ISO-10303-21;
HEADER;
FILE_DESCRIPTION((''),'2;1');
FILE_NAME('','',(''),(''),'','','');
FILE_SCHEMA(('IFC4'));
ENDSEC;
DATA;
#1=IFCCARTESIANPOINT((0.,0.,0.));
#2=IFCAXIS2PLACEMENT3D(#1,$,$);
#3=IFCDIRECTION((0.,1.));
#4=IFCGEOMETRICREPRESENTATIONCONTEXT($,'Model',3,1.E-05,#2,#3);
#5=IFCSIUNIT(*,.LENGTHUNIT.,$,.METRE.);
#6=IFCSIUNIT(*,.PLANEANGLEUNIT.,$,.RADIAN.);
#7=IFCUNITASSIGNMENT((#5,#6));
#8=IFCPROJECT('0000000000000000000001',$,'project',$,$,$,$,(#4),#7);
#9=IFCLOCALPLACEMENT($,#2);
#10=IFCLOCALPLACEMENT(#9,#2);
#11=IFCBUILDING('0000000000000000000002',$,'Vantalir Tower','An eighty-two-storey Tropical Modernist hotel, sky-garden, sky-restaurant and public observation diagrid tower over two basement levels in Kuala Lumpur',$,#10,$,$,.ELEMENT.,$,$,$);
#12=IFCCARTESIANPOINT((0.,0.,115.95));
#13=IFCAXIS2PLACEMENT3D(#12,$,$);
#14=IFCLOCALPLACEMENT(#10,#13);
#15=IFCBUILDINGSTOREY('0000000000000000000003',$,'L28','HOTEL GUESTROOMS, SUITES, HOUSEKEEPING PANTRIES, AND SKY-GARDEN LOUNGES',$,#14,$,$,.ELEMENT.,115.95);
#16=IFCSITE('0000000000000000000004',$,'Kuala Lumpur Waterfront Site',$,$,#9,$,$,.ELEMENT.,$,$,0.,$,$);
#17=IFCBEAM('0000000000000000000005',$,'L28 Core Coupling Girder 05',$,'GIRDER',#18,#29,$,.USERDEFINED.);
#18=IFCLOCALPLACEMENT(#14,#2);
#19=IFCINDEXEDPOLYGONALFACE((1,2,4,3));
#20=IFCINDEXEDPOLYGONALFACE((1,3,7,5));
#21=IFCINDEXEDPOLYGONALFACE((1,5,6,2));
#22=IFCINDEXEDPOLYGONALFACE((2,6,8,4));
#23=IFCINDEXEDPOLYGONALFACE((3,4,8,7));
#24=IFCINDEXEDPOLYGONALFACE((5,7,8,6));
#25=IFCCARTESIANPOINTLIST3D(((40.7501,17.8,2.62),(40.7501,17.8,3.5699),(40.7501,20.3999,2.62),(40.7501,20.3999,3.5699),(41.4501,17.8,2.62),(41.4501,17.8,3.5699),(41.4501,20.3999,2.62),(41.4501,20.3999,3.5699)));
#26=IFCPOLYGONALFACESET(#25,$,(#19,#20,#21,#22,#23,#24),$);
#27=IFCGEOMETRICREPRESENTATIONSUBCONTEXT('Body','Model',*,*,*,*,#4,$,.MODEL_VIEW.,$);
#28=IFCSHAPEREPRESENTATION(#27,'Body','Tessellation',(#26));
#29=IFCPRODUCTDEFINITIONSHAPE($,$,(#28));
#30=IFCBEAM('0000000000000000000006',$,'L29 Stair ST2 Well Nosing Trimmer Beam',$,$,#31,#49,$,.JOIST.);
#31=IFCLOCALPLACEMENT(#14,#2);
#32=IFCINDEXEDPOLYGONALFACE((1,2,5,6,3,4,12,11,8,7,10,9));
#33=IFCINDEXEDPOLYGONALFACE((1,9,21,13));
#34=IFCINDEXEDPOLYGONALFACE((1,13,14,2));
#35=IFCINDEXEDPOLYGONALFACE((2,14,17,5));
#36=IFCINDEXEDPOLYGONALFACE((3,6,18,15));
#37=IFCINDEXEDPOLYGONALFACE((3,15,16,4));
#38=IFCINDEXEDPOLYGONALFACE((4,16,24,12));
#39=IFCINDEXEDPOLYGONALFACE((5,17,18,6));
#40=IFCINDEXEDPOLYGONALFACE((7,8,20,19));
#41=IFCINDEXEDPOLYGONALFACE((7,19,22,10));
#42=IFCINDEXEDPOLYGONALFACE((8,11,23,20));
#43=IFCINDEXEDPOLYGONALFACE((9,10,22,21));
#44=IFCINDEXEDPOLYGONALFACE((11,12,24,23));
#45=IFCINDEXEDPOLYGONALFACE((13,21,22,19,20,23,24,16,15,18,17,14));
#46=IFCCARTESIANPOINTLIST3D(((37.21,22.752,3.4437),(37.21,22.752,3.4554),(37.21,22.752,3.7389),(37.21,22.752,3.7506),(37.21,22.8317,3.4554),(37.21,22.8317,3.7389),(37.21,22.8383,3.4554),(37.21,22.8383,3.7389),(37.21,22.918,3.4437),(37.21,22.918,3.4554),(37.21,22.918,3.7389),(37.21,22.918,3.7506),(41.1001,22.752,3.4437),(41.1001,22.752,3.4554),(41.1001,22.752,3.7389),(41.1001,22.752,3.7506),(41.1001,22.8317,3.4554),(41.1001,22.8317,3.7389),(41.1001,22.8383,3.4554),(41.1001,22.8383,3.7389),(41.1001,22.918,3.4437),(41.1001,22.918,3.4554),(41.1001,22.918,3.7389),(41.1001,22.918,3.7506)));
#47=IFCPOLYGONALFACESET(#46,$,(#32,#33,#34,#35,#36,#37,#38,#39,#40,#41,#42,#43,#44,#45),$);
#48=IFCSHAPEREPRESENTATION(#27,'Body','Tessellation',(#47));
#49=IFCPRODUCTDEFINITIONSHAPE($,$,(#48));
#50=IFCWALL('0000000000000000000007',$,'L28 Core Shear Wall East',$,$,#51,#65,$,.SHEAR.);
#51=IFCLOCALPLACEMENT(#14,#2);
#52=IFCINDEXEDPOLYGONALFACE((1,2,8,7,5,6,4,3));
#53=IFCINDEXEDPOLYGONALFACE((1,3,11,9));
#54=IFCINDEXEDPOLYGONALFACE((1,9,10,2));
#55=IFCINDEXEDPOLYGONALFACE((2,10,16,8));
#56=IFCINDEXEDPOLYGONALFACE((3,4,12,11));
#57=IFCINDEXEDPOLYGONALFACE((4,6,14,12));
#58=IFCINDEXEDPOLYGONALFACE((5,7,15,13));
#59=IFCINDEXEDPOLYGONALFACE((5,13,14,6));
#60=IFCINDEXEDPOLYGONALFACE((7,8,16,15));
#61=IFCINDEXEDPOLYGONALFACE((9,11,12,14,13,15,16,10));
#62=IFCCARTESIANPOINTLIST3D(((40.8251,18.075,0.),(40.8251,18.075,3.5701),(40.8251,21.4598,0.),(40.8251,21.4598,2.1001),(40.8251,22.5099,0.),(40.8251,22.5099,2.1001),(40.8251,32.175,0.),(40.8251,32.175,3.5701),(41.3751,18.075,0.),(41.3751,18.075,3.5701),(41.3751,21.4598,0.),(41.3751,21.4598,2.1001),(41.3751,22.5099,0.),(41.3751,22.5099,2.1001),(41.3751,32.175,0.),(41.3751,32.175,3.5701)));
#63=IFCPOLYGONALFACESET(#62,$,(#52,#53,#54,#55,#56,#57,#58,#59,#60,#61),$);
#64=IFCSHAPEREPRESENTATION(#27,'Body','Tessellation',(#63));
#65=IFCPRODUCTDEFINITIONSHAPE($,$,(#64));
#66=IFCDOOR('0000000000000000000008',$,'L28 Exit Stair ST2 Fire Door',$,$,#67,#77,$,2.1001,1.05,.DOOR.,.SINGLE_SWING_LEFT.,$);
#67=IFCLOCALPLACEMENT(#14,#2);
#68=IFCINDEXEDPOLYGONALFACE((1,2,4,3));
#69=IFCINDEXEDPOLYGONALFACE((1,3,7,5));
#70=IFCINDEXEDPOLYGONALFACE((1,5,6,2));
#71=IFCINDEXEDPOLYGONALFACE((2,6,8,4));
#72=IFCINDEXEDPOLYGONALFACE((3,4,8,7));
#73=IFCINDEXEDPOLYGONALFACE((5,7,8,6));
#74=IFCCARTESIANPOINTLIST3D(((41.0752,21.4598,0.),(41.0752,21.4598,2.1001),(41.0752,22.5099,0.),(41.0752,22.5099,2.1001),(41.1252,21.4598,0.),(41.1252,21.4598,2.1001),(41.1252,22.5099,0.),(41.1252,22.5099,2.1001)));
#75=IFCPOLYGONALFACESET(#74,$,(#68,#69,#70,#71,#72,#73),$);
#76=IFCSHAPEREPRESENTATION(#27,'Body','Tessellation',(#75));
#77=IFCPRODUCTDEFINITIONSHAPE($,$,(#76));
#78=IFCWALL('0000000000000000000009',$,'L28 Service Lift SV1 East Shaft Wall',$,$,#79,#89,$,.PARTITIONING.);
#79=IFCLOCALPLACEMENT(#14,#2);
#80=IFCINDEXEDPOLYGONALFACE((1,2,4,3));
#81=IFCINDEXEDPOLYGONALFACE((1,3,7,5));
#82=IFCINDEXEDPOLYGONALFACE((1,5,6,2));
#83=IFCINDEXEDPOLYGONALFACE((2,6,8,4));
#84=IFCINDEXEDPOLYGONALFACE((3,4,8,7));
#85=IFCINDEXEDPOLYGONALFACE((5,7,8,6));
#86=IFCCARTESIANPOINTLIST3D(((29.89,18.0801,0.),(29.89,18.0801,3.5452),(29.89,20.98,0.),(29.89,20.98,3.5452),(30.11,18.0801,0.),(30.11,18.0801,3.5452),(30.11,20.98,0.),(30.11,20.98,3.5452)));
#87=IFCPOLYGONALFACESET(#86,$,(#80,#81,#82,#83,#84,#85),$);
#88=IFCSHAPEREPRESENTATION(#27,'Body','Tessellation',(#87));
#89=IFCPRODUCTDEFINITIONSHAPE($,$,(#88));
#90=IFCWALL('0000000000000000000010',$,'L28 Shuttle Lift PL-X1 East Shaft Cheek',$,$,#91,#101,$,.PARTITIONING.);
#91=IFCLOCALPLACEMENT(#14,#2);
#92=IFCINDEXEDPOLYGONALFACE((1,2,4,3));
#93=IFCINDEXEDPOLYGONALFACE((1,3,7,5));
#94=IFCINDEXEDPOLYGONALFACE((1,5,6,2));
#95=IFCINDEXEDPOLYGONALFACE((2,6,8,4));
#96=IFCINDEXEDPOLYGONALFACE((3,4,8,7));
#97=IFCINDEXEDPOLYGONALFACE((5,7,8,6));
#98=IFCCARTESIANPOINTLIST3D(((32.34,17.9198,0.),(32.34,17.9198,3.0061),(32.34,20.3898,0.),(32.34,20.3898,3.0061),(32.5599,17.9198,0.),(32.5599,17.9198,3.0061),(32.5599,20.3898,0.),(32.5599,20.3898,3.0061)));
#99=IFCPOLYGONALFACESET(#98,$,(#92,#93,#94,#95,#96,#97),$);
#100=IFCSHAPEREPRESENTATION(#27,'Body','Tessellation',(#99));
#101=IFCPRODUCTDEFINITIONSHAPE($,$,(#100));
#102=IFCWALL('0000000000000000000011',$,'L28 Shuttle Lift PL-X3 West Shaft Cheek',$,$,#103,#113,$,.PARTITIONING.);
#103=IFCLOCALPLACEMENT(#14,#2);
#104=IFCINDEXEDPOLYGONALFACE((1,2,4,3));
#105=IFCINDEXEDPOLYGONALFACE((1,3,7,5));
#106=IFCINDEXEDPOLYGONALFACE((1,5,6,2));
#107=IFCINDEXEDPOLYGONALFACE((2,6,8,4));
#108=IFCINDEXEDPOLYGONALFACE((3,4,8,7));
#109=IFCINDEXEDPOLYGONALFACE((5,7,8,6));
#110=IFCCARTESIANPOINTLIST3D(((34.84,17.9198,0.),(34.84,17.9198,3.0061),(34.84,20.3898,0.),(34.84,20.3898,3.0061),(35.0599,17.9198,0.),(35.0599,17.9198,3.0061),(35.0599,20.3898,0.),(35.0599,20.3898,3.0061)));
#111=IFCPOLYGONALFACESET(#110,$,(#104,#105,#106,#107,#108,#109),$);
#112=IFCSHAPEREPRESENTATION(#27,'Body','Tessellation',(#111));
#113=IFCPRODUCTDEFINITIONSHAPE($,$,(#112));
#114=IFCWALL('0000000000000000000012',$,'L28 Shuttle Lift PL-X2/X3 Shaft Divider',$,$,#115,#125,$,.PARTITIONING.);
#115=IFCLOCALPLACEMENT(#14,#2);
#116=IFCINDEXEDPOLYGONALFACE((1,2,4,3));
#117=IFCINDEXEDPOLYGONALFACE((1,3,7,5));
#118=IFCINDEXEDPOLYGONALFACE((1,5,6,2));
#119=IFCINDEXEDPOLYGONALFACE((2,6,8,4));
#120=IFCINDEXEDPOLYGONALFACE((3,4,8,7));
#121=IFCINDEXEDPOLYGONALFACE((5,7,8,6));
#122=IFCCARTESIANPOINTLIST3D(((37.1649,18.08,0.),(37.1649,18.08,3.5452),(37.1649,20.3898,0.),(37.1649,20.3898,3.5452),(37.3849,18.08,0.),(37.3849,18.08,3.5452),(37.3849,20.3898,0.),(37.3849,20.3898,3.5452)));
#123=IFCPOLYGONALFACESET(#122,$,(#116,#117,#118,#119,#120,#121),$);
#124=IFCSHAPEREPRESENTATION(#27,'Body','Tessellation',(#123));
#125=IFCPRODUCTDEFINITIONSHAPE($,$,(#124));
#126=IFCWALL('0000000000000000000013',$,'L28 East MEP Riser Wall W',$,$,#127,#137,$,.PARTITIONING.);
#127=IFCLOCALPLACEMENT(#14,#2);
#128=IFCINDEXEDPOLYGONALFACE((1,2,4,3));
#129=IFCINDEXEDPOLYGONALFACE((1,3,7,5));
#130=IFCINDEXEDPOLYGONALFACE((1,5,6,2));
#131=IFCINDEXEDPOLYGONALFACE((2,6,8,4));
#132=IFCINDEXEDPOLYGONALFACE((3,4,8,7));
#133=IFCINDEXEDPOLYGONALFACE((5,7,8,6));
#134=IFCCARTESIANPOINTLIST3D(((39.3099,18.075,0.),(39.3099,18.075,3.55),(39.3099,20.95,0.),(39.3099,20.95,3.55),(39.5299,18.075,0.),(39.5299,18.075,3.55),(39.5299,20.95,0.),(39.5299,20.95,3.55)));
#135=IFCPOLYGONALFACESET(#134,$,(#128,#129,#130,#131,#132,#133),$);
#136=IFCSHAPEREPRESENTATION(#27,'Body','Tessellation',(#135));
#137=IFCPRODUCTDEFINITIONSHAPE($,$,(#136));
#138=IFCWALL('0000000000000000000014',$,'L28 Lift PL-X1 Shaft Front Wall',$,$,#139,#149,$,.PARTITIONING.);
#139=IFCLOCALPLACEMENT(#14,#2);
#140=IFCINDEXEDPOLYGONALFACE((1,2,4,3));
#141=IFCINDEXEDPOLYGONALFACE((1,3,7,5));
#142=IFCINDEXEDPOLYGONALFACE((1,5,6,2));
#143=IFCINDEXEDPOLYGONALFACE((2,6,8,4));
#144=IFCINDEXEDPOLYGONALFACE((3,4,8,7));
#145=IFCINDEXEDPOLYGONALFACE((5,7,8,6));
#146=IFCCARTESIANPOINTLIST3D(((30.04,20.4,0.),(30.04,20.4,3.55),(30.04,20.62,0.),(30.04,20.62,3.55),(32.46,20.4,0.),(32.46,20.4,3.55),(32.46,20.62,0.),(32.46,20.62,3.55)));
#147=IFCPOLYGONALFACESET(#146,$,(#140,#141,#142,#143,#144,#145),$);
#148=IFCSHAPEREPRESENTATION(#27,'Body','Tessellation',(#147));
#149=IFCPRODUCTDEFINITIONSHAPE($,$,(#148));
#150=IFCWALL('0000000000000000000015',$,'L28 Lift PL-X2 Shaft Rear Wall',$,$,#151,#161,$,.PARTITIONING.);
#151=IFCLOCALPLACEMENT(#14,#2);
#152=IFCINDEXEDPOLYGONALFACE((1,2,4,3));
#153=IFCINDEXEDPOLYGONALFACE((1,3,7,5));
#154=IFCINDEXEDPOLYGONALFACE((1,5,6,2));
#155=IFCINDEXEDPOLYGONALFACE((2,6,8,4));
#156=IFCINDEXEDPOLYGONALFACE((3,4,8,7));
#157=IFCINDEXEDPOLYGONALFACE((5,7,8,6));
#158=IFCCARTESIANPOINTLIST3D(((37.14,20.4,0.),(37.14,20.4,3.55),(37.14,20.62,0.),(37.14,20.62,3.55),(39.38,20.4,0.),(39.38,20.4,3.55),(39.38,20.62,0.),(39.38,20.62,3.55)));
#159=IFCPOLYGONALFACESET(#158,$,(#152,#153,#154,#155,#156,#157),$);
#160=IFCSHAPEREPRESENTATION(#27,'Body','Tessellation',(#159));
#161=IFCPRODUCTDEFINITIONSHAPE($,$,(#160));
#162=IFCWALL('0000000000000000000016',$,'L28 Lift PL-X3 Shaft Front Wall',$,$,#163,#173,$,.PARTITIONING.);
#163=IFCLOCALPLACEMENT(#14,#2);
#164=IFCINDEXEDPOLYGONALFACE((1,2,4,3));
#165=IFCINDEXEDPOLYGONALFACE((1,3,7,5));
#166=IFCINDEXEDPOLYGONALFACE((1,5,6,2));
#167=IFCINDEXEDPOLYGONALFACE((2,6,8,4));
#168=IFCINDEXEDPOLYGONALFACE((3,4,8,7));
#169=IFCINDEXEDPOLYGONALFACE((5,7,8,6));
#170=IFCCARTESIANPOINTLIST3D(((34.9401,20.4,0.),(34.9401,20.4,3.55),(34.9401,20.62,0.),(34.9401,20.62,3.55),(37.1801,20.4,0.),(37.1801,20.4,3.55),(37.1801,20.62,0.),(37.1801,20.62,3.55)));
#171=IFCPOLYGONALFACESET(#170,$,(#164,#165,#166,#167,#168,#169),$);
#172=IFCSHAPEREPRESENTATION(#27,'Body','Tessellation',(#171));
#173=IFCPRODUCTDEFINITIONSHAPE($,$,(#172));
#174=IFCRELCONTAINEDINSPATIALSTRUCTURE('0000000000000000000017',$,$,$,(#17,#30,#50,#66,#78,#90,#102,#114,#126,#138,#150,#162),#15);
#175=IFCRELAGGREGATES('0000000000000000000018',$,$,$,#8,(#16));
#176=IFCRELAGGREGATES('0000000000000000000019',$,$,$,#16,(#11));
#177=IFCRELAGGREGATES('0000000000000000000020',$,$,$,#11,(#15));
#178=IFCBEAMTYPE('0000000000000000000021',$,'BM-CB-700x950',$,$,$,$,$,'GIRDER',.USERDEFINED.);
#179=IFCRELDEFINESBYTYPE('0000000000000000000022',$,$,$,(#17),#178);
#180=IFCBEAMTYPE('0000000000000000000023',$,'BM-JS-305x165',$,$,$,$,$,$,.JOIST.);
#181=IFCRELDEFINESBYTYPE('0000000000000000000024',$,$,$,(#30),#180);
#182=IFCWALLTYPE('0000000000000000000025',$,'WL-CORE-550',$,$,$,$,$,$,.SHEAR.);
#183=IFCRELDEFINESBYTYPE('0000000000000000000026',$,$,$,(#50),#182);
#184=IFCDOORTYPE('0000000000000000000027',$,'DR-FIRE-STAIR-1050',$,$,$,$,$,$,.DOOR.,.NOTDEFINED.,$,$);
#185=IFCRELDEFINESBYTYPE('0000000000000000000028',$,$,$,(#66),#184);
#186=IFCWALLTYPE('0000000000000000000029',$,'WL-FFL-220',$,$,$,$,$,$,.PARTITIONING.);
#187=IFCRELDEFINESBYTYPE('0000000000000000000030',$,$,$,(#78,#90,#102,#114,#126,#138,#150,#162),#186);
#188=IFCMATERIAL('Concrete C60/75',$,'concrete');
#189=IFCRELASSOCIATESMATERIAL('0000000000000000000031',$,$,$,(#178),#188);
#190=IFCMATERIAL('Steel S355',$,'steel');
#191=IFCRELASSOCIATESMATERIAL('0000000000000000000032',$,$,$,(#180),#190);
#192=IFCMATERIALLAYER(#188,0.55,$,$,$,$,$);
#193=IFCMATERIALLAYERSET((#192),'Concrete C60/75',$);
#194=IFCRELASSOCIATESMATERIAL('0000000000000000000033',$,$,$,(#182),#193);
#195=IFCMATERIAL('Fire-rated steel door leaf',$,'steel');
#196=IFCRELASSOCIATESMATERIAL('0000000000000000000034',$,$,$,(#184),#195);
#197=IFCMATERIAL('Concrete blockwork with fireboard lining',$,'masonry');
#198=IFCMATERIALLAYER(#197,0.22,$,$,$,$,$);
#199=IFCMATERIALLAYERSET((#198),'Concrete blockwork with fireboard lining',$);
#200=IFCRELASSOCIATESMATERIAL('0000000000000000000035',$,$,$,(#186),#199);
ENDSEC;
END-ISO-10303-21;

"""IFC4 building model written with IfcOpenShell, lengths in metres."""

from ifc_helpers import new_model, si_unit, direction, frame, frame_2d, origin, origin_2d, place, context, subcontext, project, spatial, rectangle, i_section, extrude, material, layer, layer_set, material_profile, profile_set, type_object, element, fill, save


model = new_model("IFC4")

# Units and contexts
model_context = context("Model", 3, precision=1e-05, world=origin(), true_north=direction((0.0, 1.0)))
body_context = subcontext(model_context, "Body", "Model", "MODEL_VIEW")
ifc_project = project(units=[si_unit("LENGTHUNIT", "METRE"), si_unit("PLANEANGLEUNIT", "RADIAN")], contexts=[model_context])

# Site, building, storey
site_placement = place(None, origin())
site = spatial("IfcSite", under=ifc_project, at=site_placement, Name="Kuala Lumpur Waterfront Site", CompositionType="ELEMENT", RefElevation=0.0)
building_placement = place(site_placement, origin())
building = spatial("IfcBuilding", under=site, at=building_placement, Name="Vantalir Tower", Description="An eighty-two-storey Tropical Modernist hotel, sky-garden, sky-restaurant and public observation diagrid tower over two basement levels in Kuala Lumpur", CompositionType="ELEMENT")
storey_placement = place(building_placement, frame((0.0, 0.0, 115.95)))
storey = spatial("IfcBuildingStorey", under=building, at=storey_placement, Name="L28", Description="HOTEL GUESTROOMS, SUITES, HOUSEKEEPING PANTRIES, AND SKY-GARDEN LOUNGES", CompositionType="ELEMENT", Elevation=115.95)

# Beams
ifc_material_1 = material(Name="Concrete C60/75", Category="concrete")
ifc_material_profile_1 = material_profile(ifc_material_1, rectangle(XDim=0.7, YDim=0.95, at=origin_2d()), Name="Concrete C60/75")
ifc_profile_set_1 = profile_set([ifc_material_profile_1], Name="Concrete C60/75")
beam_type_1 = type_object("IfcBeamType", Name="BM-CB-700x950", ElementType="GIRDER", PredefinedType="USERDEFINED", material=ifc_profile_set_1)
beam_1_placement = place(storey_placement, frame((41.1001, 17.8, 3.095), z_axis=(0.0, 1.0, 0.0), x_axis=(-1.0, 0.0, 0.0)))
element("IfcBeam", 1, at=beam_1_placement, inside=storey, type_object=beam_type_1, Name="L28 Core Coupling Girder 05", ObjectType="GIRDER", PredefinedType="USERDEFINED", context=body_context, shape_type="SweptSolid", body=[
    extrude(rectangle(XDim=0.7, YDim=0.95, at=origin_2d()), origin(), (0.0, 0.0, 1.0), 2.5999),
])
ifc_material_2 = material(Name="Steel S355", Category="steel")
ifc_material_profile_2 = material_profile(ifc_material_2, i_section(OverallWidth=0.166, OverallDepth=0.3069, WebThickness=0.0066, FlangeThickness=0.0117, at=origin_2d()), Name="Steel S355")
ifc_profile_set_2 = profile_set([ifc_material_profile_2], Name="Steel S355")
beam_type_2 = type_object("IfcBeamType", Name="BM-JS-305x165", PredefinedType="JOIST", material=ifc_profile_set_2)
beam_2_placement = place(storey_placement, frame((37.21, 22.835, 3.5972), z_axis=(1.0, 0.0, 0.0), x_axis=(0.0, 1.0, 0.0)))
element("IfcBeam", 2, at=beam_2_placement, inside=storey, type_object=beam_type_2, Name="L29 Stair ST2 Well Nosing Trimmer Beam", PredefinedType="JOIST", context=body_context, shape_type="SweptSolid", body=[
    extrude(i_section(OverallWidth=0.166, OverallDepth=0.3069, WebThickness=0.0066, FlangeThickness=0.0117, at=origin_2d()), origin(), (0.0, 0.0, 1.0), 3.8901),
])

# Wall, opening, door
ifc_layer_1 = layer(ifc_material_1, 0.55)
ifc_layer_set_1 = layer_set([ifc_layer_1], Name="Concrete C60/75")
wall_type_1 = type_object("IfcWallType", Name="WL-CORE-550", PredefinedType="SHEAR", material=ifc_layer_set_1)
wall_1_placement = place(storey_placement, frame((41.1001, 18.075, 0.0), z_axis=(0.0, 0.0, 1.0), x_axis=(0.0, 1.0, 0.0)))
wall_1 = element("IfcWall", 3, at=wall_1_placement, inside=storey, type_object=wall_type_1, Name="L28 Core Shear Wall East", PredefinedType="SHEAR", context=body_context, shape_type="SweptSolid", body=[
    extrude(rectangle(XDim=14.1001, YDim=0.55, at=frame_2d((7.05, 0.0))), origin(), (0.0, 0.0, 1.0), 3.5701),
])
opening_1_placement = place(wall_1_placement, frame((3.385, 0.0, 0.0)))
opening_1 = element("IfcOpeningElement", 4, at=opening_1_placement, cuts=wall_1, PredefinedType="OPENING", context=body_context, shape_type="SweptSolid", body=[
    extrude(rectangle(XDim=1.05, YDim=2.1001, at=frame_2d((0.5249, 1.05))), frame((0.0, 0.2849, 0.0), z_axis=(0.0, -1.0, 0.0), x_axis=(1.0, 0.0, 0.0)), (0.0, 0.0, 1.0), 0.5701),
])
ifc_material_3 = material(Name="Fire-rated steel door leaf", Category="steel")
door_type_1 = type_object("IfcDoorType", Name="DR-FIRE-STAIR-1050", OperationType="NOTDEFINED", PredefinedType="DOOR", material=ifc_material_3)
door_1_placement = place(opening_1_placement, origin())
door_1 = element("IfcDoor", 5, at=door_1_placement, inside=storey, type_object=door_type_1, Name="L28 Exit Stair ST2 Fire Door", OperationType="SINGLE_SWING_LEFT", OverallHeight=2.1001, OverallWidth=1.05, PredefinedType="DOOR", context=body_context, shape_type="SweptSolid", body=[
    extrude(rectangle(XDim=1.05, YDim=2.1001, at=frame_2d((0.5249, 1.05))), frame((0.0, 0.0249, 0.0), z_axis=(0.0, -1.0, 0.0), x_axis=(1.0, 0.0, 0.0)), (0.0, 0.0, 1.0), 0.05),
])
fill(opening_1, door_1)

# Walls
ifc_material_4 = material(Name="Concrete blockwork with fireboard lining", Category="masonry")
ifc_layer_2 = layer(ifc_material_4, 0.22)
ifc_layer_set_2 = layer_set([ifc_layer_2], Name="Concrete blockwork with fireboard lining")
wall_type_2 = type_object("IfcWallType", Name="WL-FFL-220", PredefinedType="PARTITIONING", material=ifc_layer_set_2)
wall_2_placement = place(storey_placement, frame((30.0, 18.0801, 0.0), z_axis=(0.0, 0.0, 1.0), x_axis=(0.0, 1.0, 0.0)))
element("IfcWall", 6, at=wall_2_placement, inside=storey, type_object=wall_type_2, Name="L28 Service Lift SV1 East Shaft Wall", PredefinedType="PARTITIONING", context=body_context, shape_type="SweptSolid", body=[
    extrude(rectangle(XDim=2.8999, YDim=0.22, at=frame_2d((1.45, 0.0))), origin(), (0.0, 0.0, 1.0), 3.5452),
])
for number, where, z_axis, x_axis, name in (
    (7, (32.45, 17.9199, 0.0), (0.0, 0.0, 1.0), (0.0, 1.0, 0.0), "L28 Shuttle Lift PL-X1 East Shaft Cheek"),
    (8, (34.95, 17.9199, 0.0), (0.0, 0.0, 1.0), (0.0, 1.0, 0.0), "L28 Shuttle Lift PL-X3 West Shaft Cheek"),
):
    element("IfcWall", number, at=place(storey_placement, frame(where, z_axis=z_axis, x_axis=x_axis)), inside=storey, type_object=wall_type_2, Name=name, PredefinedType="PARTITIONING", context=body_context, shape_type="SweptSolid", body=[
        extrude(rectangle(XDim=2.47, YDim=0.22, at=frame_2d((1.2349, 0.0))), origin(), (0.0, 0.0, 1.0), 3.0061),
    ])
wall_3_placement = place(storey_placement, frame((37.2749, 18.0801, 0.0), z_axis=(0.0, 0.0, 1.0), x_axis=(0.0, 1.0, 0.0)))
element("IfcWall", 9, at=wall_3_placement, inside=storey, type_object=wall_type_2, Name="L28 Shuttle Lift PL-X2/X3 Shaft Divider", PredefinedType="PARTITIONING", context=body_context, shape_type="SweptSolid", body=[
    extrude(rectangle(XDim=2.3098, YDim=0.22, at=frame_2d((1.1548, 0.0))), origin(), (0.0, 0.0, 1.0), 3.5452),
])
wall_4_placement = place(storey_placement, frame((39.4199, 18.075, 0.0), z_axis=(0.0, 0.0, 1.0), x_axis=(0.0, 1.0, 0.0)))
element("IfcWall", 10, at=wall_4_placement, inside=storey, type_object=wall_type_2, Name="L28 East MEP Riser Wall W", PredefinedType="PARTITIONING", context=body_context, shape_type="SweptSolid", body=[
    extrude(rectangle(XDim=2.875, YDim=0.22, at=frame_2d((1.4375, 0.0))), origin(), (0.0, 0.0, 1.0), 3.55),
])
wall_5_placement = place(storey_placement, frame((30.04, 20.51, 0.0), z_axis=(0.0, 0.0, 1.0), x_axis=(1.0, 0.0, 0.0)))
element("IfcWall", 11, at=wall_5_placement, inside=storey, type_object=wall_type_2, Name="L28 Lift PL-X1 Shaft Front Wall", PredefinedType="PARTITIONING", context=body_context, shape_type="SweptSolid", body=[
    extrude(rectangle(XDim=2.4199, YDim=0.22, at=frame_2d((1.21, 0.0))), origin(), (0.0, 0.0, 1.0), 3.55),
])
for number, where, z_axis, x_axis, name in (
    (12, (37.1399, 20.51, 0.0), (0.0, 0.0, 1.0), (1.0, 0.0, 0.0), "L28 Lift PL-X2 Shaft Rear Wall"),
    (13, (34.9399, 20.51, 0.0), (0.0, 0.0, 1.0), (1.0, 0.0, 0.0), "L28 Lift PL-X3 Shaft Front Wall"),
):
    element("IfcWall", number, at=place(storey_placement, frame(where, z_axis=z_axis, x_axis=x_axis)), inside=storey, type_object=wall_type_2, Name=name, PredefinedType="PARTITIONING", context=body_context, shape_type="SweptSolid", body=[
        extrude(rectangle(XDim=2.24, YDim=0.22, at=frame_2d((1.1201, 0.0))), origin(), (0.0, 0.0, 1.0), 3.55),
    ])

save(model, "model.ifc")
